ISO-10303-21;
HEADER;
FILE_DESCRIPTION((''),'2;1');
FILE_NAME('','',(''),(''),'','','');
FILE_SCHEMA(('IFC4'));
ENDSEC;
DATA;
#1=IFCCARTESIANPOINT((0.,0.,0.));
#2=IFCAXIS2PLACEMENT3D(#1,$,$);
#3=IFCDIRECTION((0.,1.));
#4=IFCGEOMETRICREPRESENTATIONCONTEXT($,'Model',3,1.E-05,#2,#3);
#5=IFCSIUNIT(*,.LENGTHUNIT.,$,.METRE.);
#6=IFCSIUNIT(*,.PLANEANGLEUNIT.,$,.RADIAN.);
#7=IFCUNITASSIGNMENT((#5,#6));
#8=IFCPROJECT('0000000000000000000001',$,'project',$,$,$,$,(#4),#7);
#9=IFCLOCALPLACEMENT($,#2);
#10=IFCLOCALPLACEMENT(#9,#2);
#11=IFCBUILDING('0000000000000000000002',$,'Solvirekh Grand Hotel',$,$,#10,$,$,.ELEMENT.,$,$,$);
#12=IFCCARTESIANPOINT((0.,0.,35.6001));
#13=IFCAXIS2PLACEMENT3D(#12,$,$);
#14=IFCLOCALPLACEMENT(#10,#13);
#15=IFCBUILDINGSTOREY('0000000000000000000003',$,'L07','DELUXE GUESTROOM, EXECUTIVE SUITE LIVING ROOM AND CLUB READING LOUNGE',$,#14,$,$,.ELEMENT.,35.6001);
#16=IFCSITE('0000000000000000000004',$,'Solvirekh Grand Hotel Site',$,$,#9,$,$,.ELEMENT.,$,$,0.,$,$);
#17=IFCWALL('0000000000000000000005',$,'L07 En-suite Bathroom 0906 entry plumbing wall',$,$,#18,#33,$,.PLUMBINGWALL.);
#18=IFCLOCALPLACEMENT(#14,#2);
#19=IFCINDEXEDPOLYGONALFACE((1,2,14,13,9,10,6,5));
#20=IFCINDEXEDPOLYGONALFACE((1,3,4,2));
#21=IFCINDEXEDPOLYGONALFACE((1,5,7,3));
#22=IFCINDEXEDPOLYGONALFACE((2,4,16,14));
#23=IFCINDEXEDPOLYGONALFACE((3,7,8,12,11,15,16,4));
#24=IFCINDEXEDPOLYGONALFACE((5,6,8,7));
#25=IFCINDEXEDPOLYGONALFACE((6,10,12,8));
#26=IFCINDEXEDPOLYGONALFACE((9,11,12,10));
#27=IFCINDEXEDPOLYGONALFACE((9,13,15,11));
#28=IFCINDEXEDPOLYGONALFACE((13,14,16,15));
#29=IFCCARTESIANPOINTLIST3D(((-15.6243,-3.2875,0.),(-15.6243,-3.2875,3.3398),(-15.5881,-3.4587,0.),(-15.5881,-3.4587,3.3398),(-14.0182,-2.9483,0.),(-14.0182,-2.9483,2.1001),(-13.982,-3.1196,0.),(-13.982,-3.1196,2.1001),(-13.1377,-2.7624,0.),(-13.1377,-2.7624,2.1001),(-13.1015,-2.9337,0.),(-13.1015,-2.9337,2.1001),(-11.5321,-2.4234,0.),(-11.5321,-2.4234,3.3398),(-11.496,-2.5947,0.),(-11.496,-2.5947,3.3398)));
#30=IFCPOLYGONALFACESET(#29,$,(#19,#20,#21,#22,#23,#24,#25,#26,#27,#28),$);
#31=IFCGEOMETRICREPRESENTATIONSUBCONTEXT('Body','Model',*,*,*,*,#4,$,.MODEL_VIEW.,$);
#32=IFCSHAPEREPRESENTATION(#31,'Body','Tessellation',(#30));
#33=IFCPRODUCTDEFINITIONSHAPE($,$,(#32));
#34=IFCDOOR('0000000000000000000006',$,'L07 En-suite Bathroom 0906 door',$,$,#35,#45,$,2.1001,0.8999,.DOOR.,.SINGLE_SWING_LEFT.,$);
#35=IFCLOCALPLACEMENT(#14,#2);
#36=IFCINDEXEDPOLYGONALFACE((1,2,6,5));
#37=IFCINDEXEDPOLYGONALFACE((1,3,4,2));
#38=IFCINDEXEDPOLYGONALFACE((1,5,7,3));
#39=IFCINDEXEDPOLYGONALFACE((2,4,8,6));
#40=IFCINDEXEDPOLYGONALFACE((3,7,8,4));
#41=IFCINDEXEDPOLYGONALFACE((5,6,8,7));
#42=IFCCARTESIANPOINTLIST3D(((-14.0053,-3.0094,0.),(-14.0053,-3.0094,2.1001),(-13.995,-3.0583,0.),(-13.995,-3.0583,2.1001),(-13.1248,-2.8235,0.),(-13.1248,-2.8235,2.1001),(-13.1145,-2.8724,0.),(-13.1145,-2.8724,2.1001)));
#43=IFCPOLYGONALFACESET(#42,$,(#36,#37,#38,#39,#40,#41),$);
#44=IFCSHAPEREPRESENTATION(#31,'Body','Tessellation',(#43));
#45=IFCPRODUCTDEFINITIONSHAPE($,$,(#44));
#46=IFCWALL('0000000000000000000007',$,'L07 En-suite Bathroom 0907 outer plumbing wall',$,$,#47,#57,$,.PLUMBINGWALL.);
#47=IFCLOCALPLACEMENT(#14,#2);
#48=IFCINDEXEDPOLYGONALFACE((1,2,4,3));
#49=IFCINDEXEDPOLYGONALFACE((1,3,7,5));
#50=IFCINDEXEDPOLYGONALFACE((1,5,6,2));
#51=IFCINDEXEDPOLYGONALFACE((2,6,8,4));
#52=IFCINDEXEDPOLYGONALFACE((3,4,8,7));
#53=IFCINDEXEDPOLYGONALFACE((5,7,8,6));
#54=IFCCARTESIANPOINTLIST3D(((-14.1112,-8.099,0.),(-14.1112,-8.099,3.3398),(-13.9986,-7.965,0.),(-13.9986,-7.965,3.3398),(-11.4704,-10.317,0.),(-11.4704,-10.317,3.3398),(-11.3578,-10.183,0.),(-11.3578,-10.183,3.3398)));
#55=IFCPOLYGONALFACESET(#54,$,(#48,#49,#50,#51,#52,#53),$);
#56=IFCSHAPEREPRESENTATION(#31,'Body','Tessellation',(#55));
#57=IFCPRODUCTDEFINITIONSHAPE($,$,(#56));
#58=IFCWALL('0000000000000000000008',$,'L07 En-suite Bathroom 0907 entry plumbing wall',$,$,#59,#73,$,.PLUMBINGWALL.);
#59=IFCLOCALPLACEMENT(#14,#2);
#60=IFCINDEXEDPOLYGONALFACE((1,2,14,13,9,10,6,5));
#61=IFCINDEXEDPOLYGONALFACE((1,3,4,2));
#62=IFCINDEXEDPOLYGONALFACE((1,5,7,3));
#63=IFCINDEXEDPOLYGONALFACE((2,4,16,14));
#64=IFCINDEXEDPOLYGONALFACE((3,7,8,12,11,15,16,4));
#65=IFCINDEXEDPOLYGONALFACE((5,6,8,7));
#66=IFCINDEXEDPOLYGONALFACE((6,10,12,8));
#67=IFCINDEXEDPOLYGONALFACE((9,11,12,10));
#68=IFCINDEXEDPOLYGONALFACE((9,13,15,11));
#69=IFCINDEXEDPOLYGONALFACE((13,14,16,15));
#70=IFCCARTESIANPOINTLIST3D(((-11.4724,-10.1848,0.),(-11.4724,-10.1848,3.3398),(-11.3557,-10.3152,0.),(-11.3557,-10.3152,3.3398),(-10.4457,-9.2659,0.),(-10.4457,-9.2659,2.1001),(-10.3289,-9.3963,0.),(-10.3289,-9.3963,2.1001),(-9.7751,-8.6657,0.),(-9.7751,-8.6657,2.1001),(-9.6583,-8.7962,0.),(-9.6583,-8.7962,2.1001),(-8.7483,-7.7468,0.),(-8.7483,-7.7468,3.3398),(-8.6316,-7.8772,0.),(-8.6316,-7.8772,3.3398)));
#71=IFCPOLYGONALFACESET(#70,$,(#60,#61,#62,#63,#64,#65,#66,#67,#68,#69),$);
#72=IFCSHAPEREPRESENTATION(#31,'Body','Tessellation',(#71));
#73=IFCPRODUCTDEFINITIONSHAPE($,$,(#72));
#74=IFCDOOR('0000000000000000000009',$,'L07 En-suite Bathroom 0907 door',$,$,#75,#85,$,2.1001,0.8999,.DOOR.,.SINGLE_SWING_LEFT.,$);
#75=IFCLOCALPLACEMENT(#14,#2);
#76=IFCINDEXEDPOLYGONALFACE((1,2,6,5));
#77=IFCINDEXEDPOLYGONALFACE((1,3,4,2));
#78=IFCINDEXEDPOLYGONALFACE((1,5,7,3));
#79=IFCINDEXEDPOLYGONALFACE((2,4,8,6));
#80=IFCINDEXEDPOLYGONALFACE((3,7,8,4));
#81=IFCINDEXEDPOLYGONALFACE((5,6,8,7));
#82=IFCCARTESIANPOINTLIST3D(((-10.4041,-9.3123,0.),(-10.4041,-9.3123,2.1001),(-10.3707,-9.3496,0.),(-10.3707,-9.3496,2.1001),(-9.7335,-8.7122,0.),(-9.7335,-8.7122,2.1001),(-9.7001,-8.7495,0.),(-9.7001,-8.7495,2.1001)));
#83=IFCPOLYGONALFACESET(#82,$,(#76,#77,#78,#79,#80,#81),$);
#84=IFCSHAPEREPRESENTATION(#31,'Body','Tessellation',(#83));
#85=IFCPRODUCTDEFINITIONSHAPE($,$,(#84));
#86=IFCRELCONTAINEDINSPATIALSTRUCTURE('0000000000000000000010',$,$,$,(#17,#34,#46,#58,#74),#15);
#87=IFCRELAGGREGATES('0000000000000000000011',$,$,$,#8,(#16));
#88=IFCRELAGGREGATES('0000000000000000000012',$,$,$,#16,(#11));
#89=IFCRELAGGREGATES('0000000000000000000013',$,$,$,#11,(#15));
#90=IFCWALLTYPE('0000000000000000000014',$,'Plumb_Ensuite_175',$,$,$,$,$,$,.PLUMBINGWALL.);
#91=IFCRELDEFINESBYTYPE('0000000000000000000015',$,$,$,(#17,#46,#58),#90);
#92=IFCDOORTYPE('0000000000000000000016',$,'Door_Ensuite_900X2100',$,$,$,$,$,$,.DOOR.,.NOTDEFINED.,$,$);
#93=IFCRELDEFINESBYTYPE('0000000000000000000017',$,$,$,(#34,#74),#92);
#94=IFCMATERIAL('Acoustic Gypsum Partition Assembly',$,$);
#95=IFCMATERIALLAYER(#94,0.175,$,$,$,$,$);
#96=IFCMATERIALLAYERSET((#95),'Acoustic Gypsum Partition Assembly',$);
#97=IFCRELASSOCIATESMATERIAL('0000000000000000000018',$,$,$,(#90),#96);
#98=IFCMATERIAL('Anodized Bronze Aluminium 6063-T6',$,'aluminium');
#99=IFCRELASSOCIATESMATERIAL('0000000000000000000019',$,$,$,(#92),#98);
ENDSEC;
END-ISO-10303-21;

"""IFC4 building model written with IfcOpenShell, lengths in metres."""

from ifc_helpers import new_model, si_unit, direction, frame, frame_2d, origin, place, context, subcontext, project, spatial, rectangle, extrude, material, layer, layer_set, type_object, element, fill, save


model = new_model("IFC4")

# Units and contexts
model_context = context("Model", 3, precision=1e-05, world=origin(), true_north=direction((0.0, 1.0)))
body_context = subcontext(model_context, "Body", "Model", "MODEL_VIEW")
ifc_project = project(units=[si_unit("LENGTHUNIT", "METRE"), si_unit("PLANEANGLEUNIT", "RADIAN")], contexts=[model_context])

# Site, building, storey
site_placement = place(None, origin())
site = spatial("IfcSite", under=ifc_project, at=site_placement, Name="Solvirekh Grand Hotel Site", CompositionType="ELEMENT", RefElevation=0.0)
building_placement = place(site_placement, origin())
building = spatial("IfcBuilding", under=site, at=building_placement, Name="Solvirekh Grand Hotel", CompositionType="ELEMENT")
storey_placement = place(building_placement, frame((0.0, 0.0, 35.6001)))
storey = spatial("IfcBuildingStorey", under=building, at=storey_placement, Name="L07", Description="DELUXE GUESTROOM, EXECUTIVE SUITE LIVING ROOM AND CLUB READING LOUNGE", CompositionType="ELEMENT", Elevation=35.6001)

# Shared definitions
ifc_material_1 = material(Name="Anodized Bronze Aluminium 6063-T6", Category="aluminium")

# Shared definitions
ifc_material_2 = material(Name="Acoustic Gypsum Partition Assembly")

# Wall, opening, door
ifc_layer_1 = layer(ifc_material_2, 0.175)
ifc_layer_set_1 = layer_set([ifc_layer_1], Name="Acoustic Gypsum Partition Assembly")
wall_type_1 = type_object("IfcWallType", Name="Plumb_Ensuite_175", PredefinedType="PLUMBINGWALL", material=ifc_layer_set_1)
wall_1_placement = place(storey_placement, frame((-11.5139, -2.509, 0.0), z_axis=(0.0, 0.0, 1.0), x_axis=(-0.978428, -0.20659, 0.0)))
wall_1 = element("IfcWall", 1, at=wall_1_placement, inside=storey, type_object=wall_type_1, Name="L07 En-suite Bathroom 0906 entry plumbing wall", PredefinedType="PLUMBINGWALL", context=body_context, shape_type="SweptSolid", body=[
    extrude(rectangle(XDim=4.1824, YDim=0.175, at=frame_2d((2.0913, 0.0))), origin(), (0.0, 0.0, 1.0), 3.3398),
])
opening_1_placement = place(wall_1_placement, frame((1.6411, 0.0, 0.0)))
opening_1 = element("IfcOpeningElement", 2, at=opening_1_placement, cuts=wall_1, PredefinedType="OPENING", context=body_context, shape_type="SweptSolid", body=[
    extrude(rectangle(XDim=0.8999, YDim=2.1001, at=frame_2d((0.45, 1.05))), frame((0.0, 0.0977, 0.0), z_axis=(0.0, -1.0, 0.0), x_axis=(1.0, 0.0, 0.0)), (0.0, 0.0, 1.0), 0.1951),
])
door_type_1 = type_object("IfcDoorType", Name="Door_Ensuite_900X2100", OperationType="NOTDEFINED", PredefinedType="DOOR", material=ifc_material_1)
door_1_placement = place(opening_1_placement, origin())
door_1 = element("IfcDoor", 3, at=door_1_placement, inside=storey, type_object=door_type_1, Name="L07 En-suite Bathroom 0906 door", OperationType="SINGLE_SWING_LEFT", OverallHeight=2.1001, OverallWidth=0.8999, PredefinedType="DOOR", context=body_context, shape_type="SweptSolid", body=[
    extrude(rectangle(XDim=0.8999, YDim=2.1001, at=frame_2d((0.45, 1.05))), frame((0.0, 0.0249, 0.0), z_axis=(0.0, -1.0, 0.0), x_axis=(1.0, 0.0, 0.0)), (0.0, 0.0, 1.0), 0.05),
])
fill(opening_1, door_1)

# Wall
wall_2_placement = place(storey_placement, frame((-14.0549, -8.032, 0.0), z_axis=(0.0, 0.0, 1.0), x_axis=(0.765749, -0.643139, 0.0)))
element("IfcWall", 4, at=wall_2_placement, inside=storey, type_object=wall_type_1, Name="L07 En-suite Bathroom 0907 outer plumbing wall", PredefinedType="PLUMBINGWALL", context=body_context, shape_type="SweptSolid", body=[
    extrude(rectangle(XDim=3.4487, YDim=0.175, at=frame_2d((1.7244, 0.0))), origin(), (0.0, 0.0, 1.0), 3.3398),
])

# Wall, opening, door
wall_3_placement = place(storey_placement, frame((-8.6899, -7.812, 0.0), z_axis=(0.0, 0.0, 1.0), x_axis=(-0.745157, -0.666889, 0.0)))
wall_3 = element("IfcWall", 5, at=wall_3_placement, inside=storey, type_object=wall_type_1, Name="L07 En-suite Bathroom 0907 entry plumbing wall", PredefinedType="PLUMBINGWALL", context=body_context, shape_type="SweptSolid", body=[
    extrude(rectangle(XDim=3.6558, YDim=0.175, at=frame_2d((1.8279, 0.0))), origin(), (0.0, 0.0, 1.0), 3.3398),
])
opening_2_placement = place(wall_3_placement, frame((1.3779, 0.0, 0.0)))
opening_2 = element("IfcOpeningElement", 6, at=opening_2_placement, cuts=wall_3, PredefinedType="OPENING", context=body_context, shape_type="SweptSolid", body=[
    extrude(rectangle(XDim=0.8999, YDim=2.1001, at=frame_2d((0.45, 1.05))), frame((0.0, 0.0977, 0.0), z_axis=(0.0, -1.0, 0.0), x_axis=(1.0, 0.0, 0.0)), (0.0, 0.0, 1.0), 0.1951),
])
door_2_placement = place(opening_2_placement, origin())
door_2 = element("IfcDoor", 7, at=door_2_placement, inside=storey, type_object=door_type_1, Name="L07 En-suite Bathroom 0907 door", OperationType="SINGLE_SWING_LEFT", OverallHeight=2.1001, OverallWidth=0.8999, PredefinedType="DOOR", context=body_context, shape_type="SweptSolid", body=[
    extrude(rectangle(XDim=0.8999, YDim=2.1001, at=frame_2d((0.45, 1.05))), frame((0.0, 0.0249, 0.0), z_axis=(0.0, -1.0, 0.0), x_axis=(1.0, 0.0, 0.0)), (0.0, 0.0, 1.0), 0.05),
])
fill(opening_2, door_2)

save(model, "model.ifc")
